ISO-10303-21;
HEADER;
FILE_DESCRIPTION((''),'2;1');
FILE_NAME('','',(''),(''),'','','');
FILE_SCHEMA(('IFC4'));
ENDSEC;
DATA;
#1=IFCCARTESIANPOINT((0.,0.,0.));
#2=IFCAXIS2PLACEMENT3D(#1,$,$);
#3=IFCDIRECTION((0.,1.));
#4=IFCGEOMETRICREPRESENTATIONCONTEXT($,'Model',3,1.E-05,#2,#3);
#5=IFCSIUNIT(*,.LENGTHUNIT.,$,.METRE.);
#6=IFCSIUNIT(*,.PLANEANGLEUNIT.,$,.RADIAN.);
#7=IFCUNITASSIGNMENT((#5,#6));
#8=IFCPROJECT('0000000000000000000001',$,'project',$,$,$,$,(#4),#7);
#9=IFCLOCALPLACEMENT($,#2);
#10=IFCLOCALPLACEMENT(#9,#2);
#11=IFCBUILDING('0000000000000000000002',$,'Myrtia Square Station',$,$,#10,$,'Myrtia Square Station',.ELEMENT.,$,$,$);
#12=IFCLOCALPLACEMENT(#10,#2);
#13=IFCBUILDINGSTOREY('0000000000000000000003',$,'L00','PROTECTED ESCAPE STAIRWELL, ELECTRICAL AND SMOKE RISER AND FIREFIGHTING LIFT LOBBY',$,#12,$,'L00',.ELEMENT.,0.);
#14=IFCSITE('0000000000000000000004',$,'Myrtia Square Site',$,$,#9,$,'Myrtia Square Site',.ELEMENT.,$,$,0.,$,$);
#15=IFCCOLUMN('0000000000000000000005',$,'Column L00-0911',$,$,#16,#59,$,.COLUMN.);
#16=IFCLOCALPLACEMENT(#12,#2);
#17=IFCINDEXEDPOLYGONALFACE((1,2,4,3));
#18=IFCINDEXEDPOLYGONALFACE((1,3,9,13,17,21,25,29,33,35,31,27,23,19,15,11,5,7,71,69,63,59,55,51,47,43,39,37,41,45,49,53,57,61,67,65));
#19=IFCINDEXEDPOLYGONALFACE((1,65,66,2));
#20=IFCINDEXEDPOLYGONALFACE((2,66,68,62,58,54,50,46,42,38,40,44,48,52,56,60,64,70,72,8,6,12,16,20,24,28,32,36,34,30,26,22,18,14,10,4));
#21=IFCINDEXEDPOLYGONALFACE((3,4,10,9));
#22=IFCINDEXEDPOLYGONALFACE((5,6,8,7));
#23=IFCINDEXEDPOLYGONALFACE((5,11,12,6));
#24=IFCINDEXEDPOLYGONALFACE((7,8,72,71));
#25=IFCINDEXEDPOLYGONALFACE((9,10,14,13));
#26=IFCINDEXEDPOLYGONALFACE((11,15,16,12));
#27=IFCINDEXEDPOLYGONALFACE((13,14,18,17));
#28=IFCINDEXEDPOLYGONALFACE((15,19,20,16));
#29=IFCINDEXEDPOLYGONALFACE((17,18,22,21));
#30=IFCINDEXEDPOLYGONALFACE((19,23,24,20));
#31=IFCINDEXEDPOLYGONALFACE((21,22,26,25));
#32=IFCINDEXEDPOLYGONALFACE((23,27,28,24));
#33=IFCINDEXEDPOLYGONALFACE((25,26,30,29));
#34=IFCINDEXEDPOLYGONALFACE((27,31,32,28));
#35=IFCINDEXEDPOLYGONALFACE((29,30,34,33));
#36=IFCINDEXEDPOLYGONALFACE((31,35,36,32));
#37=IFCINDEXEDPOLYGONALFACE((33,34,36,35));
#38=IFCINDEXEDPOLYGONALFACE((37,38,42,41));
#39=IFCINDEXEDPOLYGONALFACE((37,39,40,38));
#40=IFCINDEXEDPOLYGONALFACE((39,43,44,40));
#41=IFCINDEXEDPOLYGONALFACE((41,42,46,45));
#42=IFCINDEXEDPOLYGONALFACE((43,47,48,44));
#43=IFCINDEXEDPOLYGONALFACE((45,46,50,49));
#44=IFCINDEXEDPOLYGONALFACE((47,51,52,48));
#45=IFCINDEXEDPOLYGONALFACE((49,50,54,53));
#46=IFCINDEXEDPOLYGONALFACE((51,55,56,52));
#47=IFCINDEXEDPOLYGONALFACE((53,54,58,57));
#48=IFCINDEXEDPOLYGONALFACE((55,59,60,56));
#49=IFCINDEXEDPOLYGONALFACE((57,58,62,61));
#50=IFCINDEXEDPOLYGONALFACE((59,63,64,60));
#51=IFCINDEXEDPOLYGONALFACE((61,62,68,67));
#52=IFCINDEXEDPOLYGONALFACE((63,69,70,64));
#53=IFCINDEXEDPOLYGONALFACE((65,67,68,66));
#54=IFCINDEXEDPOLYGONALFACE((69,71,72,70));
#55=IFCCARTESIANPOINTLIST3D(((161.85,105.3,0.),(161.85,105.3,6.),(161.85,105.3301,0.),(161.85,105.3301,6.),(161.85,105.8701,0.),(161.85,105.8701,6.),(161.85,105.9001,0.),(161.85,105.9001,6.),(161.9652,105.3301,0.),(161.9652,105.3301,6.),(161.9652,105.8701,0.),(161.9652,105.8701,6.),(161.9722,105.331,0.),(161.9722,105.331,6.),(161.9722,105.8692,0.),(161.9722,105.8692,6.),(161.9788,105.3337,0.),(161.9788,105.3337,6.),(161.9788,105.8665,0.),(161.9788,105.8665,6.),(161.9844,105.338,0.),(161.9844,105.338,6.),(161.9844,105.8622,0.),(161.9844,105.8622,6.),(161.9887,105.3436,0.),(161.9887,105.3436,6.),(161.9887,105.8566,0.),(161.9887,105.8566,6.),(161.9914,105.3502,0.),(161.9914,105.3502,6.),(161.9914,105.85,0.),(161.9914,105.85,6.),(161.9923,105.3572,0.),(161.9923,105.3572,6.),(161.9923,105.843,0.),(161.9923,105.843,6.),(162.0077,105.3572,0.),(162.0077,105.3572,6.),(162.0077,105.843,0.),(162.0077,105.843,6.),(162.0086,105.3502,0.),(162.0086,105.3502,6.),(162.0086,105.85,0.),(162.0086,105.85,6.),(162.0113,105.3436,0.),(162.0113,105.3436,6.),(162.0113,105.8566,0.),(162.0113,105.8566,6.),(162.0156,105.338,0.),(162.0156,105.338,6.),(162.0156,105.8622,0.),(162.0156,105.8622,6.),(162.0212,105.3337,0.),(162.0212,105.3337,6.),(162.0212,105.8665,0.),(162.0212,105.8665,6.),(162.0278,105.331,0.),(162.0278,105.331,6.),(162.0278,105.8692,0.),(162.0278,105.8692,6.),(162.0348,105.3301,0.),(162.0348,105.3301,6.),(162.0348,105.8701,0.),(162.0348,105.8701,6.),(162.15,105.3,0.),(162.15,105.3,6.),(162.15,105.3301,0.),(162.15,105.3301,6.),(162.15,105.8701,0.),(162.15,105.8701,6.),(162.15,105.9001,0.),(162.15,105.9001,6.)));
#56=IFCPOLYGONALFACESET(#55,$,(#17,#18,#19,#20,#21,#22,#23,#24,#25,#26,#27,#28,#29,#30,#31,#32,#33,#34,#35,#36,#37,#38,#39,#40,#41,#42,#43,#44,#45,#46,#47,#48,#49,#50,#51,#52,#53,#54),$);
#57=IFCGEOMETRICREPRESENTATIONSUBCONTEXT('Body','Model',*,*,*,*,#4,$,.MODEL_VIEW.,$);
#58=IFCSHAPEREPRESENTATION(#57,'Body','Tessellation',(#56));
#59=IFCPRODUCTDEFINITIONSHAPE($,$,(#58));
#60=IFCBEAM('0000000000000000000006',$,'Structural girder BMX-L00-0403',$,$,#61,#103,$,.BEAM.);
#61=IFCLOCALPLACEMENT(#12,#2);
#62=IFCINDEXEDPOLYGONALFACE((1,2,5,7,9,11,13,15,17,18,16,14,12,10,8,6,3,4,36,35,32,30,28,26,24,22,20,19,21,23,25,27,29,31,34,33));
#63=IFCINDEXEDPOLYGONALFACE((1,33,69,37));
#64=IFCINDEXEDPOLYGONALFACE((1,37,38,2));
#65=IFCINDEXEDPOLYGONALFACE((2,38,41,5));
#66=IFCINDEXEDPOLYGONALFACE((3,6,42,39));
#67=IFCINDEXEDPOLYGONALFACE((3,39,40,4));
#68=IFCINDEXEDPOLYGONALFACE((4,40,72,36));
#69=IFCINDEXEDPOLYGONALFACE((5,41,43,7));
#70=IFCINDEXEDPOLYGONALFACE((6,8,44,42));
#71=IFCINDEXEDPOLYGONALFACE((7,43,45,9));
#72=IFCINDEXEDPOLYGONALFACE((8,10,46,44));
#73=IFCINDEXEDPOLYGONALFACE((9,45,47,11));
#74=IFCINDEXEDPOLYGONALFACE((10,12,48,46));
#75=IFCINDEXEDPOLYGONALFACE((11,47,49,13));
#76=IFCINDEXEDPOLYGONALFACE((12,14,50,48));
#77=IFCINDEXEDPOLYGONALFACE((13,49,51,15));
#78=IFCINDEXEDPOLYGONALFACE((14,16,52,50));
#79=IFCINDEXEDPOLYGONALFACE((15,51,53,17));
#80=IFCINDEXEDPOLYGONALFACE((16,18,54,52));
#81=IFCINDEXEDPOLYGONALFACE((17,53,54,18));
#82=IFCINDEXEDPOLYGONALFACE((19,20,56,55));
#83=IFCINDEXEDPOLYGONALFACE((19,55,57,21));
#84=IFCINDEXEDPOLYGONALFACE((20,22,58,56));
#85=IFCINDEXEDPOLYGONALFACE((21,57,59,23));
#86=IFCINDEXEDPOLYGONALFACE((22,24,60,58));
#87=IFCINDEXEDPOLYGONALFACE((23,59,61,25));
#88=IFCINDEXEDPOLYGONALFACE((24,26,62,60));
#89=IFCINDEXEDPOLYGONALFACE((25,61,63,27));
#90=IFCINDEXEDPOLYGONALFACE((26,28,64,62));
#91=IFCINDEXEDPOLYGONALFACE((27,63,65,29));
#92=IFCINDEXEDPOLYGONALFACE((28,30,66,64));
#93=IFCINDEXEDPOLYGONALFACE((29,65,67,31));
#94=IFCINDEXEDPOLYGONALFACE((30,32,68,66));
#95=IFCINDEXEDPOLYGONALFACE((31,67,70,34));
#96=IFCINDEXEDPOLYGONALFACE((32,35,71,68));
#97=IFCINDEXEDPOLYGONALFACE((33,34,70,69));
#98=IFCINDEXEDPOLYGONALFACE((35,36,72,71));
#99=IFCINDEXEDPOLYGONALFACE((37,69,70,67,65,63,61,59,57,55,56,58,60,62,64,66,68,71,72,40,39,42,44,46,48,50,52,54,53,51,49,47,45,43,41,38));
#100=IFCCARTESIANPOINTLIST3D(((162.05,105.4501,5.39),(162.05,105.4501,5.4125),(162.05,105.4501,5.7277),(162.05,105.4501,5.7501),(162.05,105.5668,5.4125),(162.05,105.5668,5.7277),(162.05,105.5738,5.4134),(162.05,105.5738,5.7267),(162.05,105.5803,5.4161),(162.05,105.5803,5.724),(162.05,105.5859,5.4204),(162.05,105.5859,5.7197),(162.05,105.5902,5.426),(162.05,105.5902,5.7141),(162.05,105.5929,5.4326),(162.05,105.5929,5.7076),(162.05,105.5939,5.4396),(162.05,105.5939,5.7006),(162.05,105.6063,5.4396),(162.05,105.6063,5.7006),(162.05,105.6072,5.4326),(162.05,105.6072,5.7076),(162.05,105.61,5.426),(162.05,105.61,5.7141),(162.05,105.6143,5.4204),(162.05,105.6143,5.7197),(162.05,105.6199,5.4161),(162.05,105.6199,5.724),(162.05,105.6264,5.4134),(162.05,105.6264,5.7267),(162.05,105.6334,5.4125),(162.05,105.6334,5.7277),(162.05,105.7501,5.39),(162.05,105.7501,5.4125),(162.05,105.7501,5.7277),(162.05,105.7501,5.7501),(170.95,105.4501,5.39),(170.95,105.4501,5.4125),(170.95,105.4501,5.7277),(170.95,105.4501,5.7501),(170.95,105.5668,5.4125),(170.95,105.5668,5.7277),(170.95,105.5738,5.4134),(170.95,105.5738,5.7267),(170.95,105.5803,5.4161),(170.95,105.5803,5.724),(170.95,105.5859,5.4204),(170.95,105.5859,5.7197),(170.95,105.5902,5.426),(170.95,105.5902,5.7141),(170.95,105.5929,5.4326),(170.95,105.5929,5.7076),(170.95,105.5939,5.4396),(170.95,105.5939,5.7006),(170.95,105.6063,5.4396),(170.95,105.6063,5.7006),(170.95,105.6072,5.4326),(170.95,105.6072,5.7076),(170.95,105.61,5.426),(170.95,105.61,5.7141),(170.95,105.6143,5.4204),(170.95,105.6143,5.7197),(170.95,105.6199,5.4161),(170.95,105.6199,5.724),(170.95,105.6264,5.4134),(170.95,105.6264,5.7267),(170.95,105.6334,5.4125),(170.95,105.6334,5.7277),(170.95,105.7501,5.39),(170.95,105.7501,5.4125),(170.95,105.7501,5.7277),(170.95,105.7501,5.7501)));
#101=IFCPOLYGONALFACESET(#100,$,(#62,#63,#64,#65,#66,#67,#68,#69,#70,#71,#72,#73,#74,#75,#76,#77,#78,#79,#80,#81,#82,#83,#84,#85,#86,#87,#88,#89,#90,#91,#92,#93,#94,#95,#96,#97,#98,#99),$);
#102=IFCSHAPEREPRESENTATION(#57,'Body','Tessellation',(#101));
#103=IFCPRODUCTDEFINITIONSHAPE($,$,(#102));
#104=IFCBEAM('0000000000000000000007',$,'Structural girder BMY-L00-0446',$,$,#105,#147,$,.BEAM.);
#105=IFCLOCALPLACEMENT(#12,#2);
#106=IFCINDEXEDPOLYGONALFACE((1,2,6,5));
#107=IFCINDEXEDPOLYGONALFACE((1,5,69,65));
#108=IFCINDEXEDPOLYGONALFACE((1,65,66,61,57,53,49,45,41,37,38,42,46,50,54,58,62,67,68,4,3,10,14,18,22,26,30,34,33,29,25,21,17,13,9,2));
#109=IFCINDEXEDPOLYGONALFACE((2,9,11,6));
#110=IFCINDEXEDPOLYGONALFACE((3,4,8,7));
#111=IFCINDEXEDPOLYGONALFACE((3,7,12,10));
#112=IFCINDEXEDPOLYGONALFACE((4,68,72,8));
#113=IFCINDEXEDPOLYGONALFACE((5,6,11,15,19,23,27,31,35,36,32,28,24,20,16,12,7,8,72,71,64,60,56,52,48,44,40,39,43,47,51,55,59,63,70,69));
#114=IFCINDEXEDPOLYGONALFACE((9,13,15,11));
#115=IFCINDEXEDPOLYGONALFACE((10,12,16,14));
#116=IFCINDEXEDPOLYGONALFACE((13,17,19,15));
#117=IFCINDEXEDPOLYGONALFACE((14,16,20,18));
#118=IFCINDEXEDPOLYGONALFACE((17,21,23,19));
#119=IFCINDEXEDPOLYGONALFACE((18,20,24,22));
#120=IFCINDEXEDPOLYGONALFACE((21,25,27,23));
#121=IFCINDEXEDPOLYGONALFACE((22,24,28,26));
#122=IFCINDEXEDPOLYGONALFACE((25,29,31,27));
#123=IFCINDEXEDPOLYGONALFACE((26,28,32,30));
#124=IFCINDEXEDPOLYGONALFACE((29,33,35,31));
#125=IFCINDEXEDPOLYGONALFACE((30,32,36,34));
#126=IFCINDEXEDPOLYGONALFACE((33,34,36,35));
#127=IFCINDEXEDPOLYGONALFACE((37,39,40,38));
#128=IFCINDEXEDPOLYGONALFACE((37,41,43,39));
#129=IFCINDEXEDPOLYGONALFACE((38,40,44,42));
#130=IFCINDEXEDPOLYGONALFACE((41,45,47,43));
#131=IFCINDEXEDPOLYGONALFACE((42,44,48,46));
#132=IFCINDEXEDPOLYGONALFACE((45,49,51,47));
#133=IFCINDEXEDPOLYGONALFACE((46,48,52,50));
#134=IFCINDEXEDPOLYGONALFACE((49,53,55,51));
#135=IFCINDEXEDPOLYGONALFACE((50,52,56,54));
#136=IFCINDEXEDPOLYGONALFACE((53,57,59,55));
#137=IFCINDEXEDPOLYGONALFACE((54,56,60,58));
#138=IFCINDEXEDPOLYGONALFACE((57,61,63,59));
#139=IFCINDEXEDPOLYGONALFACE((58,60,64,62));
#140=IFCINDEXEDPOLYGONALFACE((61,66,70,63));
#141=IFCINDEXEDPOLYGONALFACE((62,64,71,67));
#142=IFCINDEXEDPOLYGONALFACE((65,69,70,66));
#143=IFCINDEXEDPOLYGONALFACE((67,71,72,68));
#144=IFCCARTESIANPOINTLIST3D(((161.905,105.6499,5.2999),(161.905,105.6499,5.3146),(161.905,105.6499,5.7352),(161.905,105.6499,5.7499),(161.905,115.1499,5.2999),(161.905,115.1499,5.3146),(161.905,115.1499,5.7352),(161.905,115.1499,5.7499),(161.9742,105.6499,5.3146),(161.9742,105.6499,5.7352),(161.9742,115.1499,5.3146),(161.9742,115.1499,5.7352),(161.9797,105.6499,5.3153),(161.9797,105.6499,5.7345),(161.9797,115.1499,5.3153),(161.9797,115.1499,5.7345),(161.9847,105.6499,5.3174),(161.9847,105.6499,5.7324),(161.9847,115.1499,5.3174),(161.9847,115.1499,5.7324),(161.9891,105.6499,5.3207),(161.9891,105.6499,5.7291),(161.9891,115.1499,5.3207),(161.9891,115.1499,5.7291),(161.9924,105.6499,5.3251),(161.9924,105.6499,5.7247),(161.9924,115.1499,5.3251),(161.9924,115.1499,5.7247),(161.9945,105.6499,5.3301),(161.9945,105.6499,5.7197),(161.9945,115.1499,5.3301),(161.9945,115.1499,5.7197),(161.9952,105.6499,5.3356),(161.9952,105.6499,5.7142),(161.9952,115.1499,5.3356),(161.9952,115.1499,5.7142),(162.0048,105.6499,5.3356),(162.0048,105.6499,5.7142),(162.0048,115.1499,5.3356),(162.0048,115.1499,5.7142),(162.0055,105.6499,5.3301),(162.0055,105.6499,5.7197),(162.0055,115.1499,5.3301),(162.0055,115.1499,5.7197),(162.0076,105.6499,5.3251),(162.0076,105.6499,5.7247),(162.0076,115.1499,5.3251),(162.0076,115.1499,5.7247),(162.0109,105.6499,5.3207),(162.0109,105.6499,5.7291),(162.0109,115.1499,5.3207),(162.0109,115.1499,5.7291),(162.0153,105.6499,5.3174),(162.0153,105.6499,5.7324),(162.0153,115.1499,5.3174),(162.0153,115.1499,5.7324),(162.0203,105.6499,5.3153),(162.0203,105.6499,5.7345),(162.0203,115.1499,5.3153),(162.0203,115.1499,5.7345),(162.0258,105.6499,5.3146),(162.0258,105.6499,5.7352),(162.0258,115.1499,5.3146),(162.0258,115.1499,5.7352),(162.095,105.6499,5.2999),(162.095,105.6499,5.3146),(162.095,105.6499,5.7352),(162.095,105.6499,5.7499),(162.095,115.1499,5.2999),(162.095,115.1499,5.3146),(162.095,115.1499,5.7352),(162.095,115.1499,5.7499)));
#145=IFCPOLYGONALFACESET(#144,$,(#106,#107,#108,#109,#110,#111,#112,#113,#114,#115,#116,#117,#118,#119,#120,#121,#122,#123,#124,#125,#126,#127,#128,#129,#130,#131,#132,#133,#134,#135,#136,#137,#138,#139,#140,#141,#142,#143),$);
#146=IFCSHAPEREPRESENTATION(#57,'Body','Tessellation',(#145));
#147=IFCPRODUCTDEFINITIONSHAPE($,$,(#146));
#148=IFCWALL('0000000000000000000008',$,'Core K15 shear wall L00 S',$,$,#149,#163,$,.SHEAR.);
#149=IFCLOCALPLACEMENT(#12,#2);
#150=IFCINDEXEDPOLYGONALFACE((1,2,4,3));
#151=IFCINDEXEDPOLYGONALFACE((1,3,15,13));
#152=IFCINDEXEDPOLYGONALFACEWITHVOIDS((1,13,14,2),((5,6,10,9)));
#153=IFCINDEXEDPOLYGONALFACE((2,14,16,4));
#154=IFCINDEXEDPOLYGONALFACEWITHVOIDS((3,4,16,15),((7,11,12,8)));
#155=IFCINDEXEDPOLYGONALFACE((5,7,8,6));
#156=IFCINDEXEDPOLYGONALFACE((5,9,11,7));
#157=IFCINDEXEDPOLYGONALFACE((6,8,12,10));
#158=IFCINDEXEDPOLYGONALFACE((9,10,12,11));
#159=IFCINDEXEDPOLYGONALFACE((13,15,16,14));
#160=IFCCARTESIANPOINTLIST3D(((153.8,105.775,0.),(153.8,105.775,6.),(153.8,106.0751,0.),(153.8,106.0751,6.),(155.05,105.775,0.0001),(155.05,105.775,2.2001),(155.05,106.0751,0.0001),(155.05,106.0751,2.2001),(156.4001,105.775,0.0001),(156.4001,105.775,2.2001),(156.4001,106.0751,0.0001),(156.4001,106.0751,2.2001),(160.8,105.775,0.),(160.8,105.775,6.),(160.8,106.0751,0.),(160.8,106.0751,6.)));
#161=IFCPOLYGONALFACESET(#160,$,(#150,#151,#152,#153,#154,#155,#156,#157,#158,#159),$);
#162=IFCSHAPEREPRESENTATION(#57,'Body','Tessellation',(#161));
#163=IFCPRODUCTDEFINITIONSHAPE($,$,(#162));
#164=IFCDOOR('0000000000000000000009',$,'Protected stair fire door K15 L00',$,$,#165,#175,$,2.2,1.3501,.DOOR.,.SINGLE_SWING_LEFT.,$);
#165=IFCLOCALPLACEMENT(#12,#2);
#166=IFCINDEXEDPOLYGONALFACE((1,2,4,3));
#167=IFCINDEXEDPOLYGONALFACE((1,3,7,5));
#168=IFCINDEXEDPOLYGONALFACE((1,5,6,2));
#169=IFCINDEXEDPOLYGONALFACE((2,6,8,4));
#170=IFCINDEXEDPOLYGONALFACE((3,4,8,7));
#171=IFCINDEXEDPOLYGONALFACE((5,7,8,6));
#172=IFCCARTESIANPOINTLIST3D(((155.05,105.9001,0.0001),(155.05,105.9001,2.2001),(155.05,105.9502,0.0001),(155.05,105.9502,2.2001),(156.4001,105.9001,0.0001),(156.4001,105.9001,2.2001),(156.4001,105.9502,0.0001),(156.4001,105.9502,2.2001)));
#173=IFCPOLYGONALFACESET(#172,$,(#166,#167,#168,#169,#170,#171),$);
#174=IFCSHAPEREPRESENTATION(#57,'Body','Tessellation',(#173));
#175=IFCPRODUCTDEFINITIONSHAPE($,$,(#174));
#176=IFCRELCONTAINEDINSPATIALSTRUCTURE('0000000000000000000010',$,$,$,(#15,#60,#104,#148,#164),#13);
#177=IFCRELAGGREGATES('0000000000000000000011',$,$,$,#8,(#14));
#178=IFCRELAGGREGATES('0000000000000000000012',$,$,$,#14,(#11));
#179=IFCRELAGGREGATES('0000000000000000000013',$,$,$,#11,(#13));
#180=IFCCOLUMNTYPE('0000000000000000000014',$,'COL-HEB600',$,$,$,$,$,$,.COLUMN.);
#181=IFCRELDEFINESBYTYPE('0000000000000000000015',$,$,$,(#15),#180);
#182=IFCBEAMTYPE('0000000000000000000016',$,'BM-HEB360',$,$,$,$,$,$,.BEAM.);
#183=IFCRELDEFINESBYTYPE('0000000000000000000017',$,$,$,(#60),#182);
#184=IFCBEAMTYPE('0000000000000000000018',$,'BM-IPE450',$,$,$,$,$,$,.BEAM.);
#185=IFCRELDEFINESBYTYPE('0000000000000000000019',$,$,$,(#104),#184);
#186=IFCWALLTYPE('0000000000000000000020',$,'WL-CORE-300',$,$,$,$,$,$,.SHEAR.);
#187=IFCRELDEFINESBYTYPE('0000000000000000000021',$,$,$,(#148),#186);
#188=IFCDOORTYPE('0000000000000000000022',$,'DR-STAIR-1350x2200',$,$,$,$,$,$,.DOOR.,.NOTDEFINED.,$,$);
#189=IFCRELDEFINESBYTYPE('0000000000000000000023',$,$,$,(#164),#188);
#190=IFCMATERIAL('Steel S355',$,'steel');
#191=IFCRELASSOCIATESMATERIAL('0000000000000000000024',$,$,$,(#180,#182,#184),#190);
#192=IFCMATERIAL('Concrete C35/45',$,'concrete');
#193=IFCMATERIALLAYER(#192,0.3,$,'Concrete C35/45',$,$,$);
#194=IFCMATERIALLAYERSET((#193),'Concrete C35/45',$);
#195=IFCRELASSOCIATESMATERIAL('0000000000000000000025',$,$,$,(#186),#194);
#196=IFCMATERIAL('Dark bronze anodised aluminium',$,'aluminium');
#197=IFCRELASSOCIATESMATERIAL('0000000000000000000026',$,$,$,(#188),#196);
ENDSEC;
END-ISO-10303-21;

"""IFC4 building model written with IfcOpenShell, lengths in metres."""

from ifc_helpers import new_model, si_unit, direction, frame, frame_2d, origin, origin_2d, place, context, subcontext, project, spatial, rectangle, i_section, extrude, material, layer, layer_set, material_profile, profile_set, type_object, element, fill, save


model = new_model("IFC4")

# Units and contexts
model_context = context("Model", 3, precision=1e-05, world=origin(), true_north=direction((0.0, 1.0)))
body_context = subcontext(model_context, "Body", "Model", "MODEL_VIEW")
ifc_project = project(units=[si_unit("LENGTHUNIT", "METRE"), si_unit("PLANEANGLEUNIT", "RADIAN")], contexts=[model_context])

# Site, building, storey
site_placement = place(None, origin())
site = spatial("IfcSite", under=ifc_project, at=site_placement, Name="Myrtia Square Site", LongName="Myrtia Square Site", CompositionType="ELEMENT", RefElevation=0.0)
building_placement = place(site_placement, origin())
building = spatial("IfcBuilding", under=site, at=building_placement, Name="Myrtia Square Station", LongName="Myrtia Square Station", CompositionType="ELEMENT")
storey_placement = place(building_placement, origin())
storey = spatial("IfcBuildingStorey", under=building, at=storey_placement, Name="L00", Description="PROTECTED ESCAPE STAIRWELL, ELECTRICAL AND SMOKE RISER AND FIREFIGHTING LIFT LOBBY", LongName="L00", CompositionType="ELEMENT", Elevation=0.0)

# Column
ifc_material_1 = material(Name="Steel S355", Category="steel")
ifc_material_profile_1 = material_profile(ifc_material_1, i_section(OverallWidth=0.3, OverallDepth=0.6001, WebThickness=0.0154, FlangeThickness=0.03, FilletRadius=0.0271, at=origin_2d()), Name="HEB 600")
ifc_profile_set_1 = profile_set([ifc_material_profile_1], Name="Steel S355")
column_type = type_object("IfcColumnType", Name="COL-HEB600", PredefinedType="COLUMN", material=ifc_profile_set_1)
column_placement = place(storey_placement, frame((162.0, 105.6001, 0.0), z_axis=(0.0, 0.0, 1.0), x_axis=(1.0, 0.0, 0.0)))
element("IfcColumn", 1, at=column_placement, inside=storey, type_object=column_type, Name="Column L00-0911", PredefinedType="COLUMN", context=body_context, shape_type="SweptSolid", body=[
    extrude(i_section(OverallWidth=0.3, OverallDepth=0.6001, WebThickness=0.0154, FlangeThickness=0.03, FilletRadius=0.0271, at=origin_2d()), origin(), (0.0, 0.0, 1.0), 6.0),
])

# Beams
ifc_material_profile_2 = material_profile(ifc_material_1, i_section(OverallWidth=0.3, OverallDepth=0.3601, WebThickness=0.0125, FlangeThickness=0.0225, FilletRadius=0.0271, at=origin_2d()), Name="HEB 360")
ifc_profile_set_2 = profile_set([ifc_material_profile_2], Name="Steel S355")
beam_type_1 = type_object("IfcBeamType", Name="BM-HEB360", PredefinedType="BEAM", material=ifc_profile_set_2)
beam_1_placement = place(storey_placement, frame((162.05, 105.6001, 5.5701), z_axis=(1.0, 0.0, 0.0), x_axis=(0.0, 1.0, 0.0)))
element("IfcBeam", 2, at=beam_1_placement, inside=storey, type_object=beam_type_1, Name="Structural girder BMX-L00-0403", PredefinedType="BEAM", context=body_context, shape_type="SweptSolid", body=[
    extrude(i_section(OverallWidth=0.3, OverallDepth=0.3601, WebThickness=0.0125, FlangeThickness=0.0225, FilletRadius=0.0271, at=origin_2d()), origin(), (0.0, 0.0, 1.0), 8.8999),
])
ifc_material_profile_3 = material_profile(ifc_material_1, i_section(OverallWidth=0.1899, OverallDepth=0.45, WebThickness=0.0095, FlangeThickness=0.0146, FilletRadius=0.021, at=origin_2d()), Name="IPE 450")
ifc_profile_set_3 = profile_set([ifc_material_profile_3], Name="Steel S355")
beam_type_2 = type_object("IfcBeamType", Name="BM-IPE450", PredefinedType="BEAM", material=ifc_profile_set_3)
beam_2_placement = place(storey_placement, frame((162.0, 105.6499, 5.5249), z_axis=(0.0, 1.0, 0.0), x_axis=(-1.0, 0.0, 0.0)))
element("IfcBeam", 3, at=beam_2_placement, inside=storey, type_object=beam_type_2, Name="Structural girder BMY-L00-0446", PredefinedType="BEAM", context=body_context, shape_type="SweptSolid", body=[
    extrude(i_section(OverallWidth=0.1899, OverallDepth=0.45, WebThickness=0.0095, FlangeThickness=0.0146, FilletRadius=0.021, at=origin_2d()), origin(), (0.0, 0.0, 1.0), 9.5),
])

# Wall, opening, door
ifc_material_2 = material(Name="Concrete C35/45", Category="concrete")
ifc_layer_1 = layer(ifc_material_2, 0.3, Name="Concrete C35/45")
ifc_layer_set_1 = layer_set([ifc_layer_1], Name="Concrete C35/45")
wall_type_1 = type_object("IfcWallType", Name="WL-CORE-300", PredefinedType="SHEAR", material=ifc_layer_set_1)
wall_1_placement = place(storey_placement, frame((153.8, 105.925, 0.0), z_axis=(0.0, 0.0, 1.0), x_axis=(1.0, 0.0, 0.0)))
wall_1 = element("IfcWall", 4, at=wall_1_placement, inside=storey, type_object=wall_type_1, Name="Core K15 shear wall L00 S", PredefinedType="SHEAR", context=body_context, shape_type="SweptSolid", body=[
    extrude(rectangle(XDim=7.0, YDim=0.3, at=frame_2d((3.5, 0.0))), origin(), (0.0, 0.0, 1.0), 6.0),
])
opening_1_placement = place(wall_1_placement, frame((1.25, 0.0, 0.0)))
opening_1 = element("IfcOpeningElement", 5, at=opening_1_placement, cuts=wall_1, PredefinedType="OPENING", context=body_context, shape_type="SweptSolid", body=[
    extrude(rectangle(XDim=1.3501, YDim=2.2, at=frame_2d((0.675, 1.1001))), frame((0.0, 0.165, 0.0), z_axis=(0.0, -1.0, 0.0), x_axis=(1.0, 0.0, 0.0)), (0.0, 0.0, 1.0), 0.3301),
])
ifc_material_3 = material(Name="Dark bronze anodised aluminium", Category="aluminium")
door_type_1 = type_object("IfcDoorType", Name="DR-STAIR-1350x2200", OperationType="NOTDEFINED", PredefinedType="DOOR", material=ifc_material_3)
door_1_placement = place(opening_1_placement, frame((1.3501, 0.0, 0.0), z_axis=(0.0, 0.0, 1.0), x_axis=(-1.0, 0.0, 0.0)))
door_1 = element("IfcDoor", 6, at=door_1_placement, inside=storey, type_object=door_type_1, Name="Protected stair fire door K15 L00", OperationType="SINGLE_SWING_LEFT", OverallHeight=2.2, OverallWidth=1.3501, PredefinedType="DOOR", context=body_context, shape_type="SweptSolid", body=[
    extrude(rectangle(XDim=1.3501, YDim=2.2, at=frame_2d((0.675, 1.1001))), frame((0.0, 0.0249, 0.0), z_axis=(0.0, -1.0, 0.0), x_axis=(1.0, 0.0, 0.0)), (0.0, 0.0, 1.0), 0.05),
])
fill(opening_1, door_1)

save(model, "model.ifc")
